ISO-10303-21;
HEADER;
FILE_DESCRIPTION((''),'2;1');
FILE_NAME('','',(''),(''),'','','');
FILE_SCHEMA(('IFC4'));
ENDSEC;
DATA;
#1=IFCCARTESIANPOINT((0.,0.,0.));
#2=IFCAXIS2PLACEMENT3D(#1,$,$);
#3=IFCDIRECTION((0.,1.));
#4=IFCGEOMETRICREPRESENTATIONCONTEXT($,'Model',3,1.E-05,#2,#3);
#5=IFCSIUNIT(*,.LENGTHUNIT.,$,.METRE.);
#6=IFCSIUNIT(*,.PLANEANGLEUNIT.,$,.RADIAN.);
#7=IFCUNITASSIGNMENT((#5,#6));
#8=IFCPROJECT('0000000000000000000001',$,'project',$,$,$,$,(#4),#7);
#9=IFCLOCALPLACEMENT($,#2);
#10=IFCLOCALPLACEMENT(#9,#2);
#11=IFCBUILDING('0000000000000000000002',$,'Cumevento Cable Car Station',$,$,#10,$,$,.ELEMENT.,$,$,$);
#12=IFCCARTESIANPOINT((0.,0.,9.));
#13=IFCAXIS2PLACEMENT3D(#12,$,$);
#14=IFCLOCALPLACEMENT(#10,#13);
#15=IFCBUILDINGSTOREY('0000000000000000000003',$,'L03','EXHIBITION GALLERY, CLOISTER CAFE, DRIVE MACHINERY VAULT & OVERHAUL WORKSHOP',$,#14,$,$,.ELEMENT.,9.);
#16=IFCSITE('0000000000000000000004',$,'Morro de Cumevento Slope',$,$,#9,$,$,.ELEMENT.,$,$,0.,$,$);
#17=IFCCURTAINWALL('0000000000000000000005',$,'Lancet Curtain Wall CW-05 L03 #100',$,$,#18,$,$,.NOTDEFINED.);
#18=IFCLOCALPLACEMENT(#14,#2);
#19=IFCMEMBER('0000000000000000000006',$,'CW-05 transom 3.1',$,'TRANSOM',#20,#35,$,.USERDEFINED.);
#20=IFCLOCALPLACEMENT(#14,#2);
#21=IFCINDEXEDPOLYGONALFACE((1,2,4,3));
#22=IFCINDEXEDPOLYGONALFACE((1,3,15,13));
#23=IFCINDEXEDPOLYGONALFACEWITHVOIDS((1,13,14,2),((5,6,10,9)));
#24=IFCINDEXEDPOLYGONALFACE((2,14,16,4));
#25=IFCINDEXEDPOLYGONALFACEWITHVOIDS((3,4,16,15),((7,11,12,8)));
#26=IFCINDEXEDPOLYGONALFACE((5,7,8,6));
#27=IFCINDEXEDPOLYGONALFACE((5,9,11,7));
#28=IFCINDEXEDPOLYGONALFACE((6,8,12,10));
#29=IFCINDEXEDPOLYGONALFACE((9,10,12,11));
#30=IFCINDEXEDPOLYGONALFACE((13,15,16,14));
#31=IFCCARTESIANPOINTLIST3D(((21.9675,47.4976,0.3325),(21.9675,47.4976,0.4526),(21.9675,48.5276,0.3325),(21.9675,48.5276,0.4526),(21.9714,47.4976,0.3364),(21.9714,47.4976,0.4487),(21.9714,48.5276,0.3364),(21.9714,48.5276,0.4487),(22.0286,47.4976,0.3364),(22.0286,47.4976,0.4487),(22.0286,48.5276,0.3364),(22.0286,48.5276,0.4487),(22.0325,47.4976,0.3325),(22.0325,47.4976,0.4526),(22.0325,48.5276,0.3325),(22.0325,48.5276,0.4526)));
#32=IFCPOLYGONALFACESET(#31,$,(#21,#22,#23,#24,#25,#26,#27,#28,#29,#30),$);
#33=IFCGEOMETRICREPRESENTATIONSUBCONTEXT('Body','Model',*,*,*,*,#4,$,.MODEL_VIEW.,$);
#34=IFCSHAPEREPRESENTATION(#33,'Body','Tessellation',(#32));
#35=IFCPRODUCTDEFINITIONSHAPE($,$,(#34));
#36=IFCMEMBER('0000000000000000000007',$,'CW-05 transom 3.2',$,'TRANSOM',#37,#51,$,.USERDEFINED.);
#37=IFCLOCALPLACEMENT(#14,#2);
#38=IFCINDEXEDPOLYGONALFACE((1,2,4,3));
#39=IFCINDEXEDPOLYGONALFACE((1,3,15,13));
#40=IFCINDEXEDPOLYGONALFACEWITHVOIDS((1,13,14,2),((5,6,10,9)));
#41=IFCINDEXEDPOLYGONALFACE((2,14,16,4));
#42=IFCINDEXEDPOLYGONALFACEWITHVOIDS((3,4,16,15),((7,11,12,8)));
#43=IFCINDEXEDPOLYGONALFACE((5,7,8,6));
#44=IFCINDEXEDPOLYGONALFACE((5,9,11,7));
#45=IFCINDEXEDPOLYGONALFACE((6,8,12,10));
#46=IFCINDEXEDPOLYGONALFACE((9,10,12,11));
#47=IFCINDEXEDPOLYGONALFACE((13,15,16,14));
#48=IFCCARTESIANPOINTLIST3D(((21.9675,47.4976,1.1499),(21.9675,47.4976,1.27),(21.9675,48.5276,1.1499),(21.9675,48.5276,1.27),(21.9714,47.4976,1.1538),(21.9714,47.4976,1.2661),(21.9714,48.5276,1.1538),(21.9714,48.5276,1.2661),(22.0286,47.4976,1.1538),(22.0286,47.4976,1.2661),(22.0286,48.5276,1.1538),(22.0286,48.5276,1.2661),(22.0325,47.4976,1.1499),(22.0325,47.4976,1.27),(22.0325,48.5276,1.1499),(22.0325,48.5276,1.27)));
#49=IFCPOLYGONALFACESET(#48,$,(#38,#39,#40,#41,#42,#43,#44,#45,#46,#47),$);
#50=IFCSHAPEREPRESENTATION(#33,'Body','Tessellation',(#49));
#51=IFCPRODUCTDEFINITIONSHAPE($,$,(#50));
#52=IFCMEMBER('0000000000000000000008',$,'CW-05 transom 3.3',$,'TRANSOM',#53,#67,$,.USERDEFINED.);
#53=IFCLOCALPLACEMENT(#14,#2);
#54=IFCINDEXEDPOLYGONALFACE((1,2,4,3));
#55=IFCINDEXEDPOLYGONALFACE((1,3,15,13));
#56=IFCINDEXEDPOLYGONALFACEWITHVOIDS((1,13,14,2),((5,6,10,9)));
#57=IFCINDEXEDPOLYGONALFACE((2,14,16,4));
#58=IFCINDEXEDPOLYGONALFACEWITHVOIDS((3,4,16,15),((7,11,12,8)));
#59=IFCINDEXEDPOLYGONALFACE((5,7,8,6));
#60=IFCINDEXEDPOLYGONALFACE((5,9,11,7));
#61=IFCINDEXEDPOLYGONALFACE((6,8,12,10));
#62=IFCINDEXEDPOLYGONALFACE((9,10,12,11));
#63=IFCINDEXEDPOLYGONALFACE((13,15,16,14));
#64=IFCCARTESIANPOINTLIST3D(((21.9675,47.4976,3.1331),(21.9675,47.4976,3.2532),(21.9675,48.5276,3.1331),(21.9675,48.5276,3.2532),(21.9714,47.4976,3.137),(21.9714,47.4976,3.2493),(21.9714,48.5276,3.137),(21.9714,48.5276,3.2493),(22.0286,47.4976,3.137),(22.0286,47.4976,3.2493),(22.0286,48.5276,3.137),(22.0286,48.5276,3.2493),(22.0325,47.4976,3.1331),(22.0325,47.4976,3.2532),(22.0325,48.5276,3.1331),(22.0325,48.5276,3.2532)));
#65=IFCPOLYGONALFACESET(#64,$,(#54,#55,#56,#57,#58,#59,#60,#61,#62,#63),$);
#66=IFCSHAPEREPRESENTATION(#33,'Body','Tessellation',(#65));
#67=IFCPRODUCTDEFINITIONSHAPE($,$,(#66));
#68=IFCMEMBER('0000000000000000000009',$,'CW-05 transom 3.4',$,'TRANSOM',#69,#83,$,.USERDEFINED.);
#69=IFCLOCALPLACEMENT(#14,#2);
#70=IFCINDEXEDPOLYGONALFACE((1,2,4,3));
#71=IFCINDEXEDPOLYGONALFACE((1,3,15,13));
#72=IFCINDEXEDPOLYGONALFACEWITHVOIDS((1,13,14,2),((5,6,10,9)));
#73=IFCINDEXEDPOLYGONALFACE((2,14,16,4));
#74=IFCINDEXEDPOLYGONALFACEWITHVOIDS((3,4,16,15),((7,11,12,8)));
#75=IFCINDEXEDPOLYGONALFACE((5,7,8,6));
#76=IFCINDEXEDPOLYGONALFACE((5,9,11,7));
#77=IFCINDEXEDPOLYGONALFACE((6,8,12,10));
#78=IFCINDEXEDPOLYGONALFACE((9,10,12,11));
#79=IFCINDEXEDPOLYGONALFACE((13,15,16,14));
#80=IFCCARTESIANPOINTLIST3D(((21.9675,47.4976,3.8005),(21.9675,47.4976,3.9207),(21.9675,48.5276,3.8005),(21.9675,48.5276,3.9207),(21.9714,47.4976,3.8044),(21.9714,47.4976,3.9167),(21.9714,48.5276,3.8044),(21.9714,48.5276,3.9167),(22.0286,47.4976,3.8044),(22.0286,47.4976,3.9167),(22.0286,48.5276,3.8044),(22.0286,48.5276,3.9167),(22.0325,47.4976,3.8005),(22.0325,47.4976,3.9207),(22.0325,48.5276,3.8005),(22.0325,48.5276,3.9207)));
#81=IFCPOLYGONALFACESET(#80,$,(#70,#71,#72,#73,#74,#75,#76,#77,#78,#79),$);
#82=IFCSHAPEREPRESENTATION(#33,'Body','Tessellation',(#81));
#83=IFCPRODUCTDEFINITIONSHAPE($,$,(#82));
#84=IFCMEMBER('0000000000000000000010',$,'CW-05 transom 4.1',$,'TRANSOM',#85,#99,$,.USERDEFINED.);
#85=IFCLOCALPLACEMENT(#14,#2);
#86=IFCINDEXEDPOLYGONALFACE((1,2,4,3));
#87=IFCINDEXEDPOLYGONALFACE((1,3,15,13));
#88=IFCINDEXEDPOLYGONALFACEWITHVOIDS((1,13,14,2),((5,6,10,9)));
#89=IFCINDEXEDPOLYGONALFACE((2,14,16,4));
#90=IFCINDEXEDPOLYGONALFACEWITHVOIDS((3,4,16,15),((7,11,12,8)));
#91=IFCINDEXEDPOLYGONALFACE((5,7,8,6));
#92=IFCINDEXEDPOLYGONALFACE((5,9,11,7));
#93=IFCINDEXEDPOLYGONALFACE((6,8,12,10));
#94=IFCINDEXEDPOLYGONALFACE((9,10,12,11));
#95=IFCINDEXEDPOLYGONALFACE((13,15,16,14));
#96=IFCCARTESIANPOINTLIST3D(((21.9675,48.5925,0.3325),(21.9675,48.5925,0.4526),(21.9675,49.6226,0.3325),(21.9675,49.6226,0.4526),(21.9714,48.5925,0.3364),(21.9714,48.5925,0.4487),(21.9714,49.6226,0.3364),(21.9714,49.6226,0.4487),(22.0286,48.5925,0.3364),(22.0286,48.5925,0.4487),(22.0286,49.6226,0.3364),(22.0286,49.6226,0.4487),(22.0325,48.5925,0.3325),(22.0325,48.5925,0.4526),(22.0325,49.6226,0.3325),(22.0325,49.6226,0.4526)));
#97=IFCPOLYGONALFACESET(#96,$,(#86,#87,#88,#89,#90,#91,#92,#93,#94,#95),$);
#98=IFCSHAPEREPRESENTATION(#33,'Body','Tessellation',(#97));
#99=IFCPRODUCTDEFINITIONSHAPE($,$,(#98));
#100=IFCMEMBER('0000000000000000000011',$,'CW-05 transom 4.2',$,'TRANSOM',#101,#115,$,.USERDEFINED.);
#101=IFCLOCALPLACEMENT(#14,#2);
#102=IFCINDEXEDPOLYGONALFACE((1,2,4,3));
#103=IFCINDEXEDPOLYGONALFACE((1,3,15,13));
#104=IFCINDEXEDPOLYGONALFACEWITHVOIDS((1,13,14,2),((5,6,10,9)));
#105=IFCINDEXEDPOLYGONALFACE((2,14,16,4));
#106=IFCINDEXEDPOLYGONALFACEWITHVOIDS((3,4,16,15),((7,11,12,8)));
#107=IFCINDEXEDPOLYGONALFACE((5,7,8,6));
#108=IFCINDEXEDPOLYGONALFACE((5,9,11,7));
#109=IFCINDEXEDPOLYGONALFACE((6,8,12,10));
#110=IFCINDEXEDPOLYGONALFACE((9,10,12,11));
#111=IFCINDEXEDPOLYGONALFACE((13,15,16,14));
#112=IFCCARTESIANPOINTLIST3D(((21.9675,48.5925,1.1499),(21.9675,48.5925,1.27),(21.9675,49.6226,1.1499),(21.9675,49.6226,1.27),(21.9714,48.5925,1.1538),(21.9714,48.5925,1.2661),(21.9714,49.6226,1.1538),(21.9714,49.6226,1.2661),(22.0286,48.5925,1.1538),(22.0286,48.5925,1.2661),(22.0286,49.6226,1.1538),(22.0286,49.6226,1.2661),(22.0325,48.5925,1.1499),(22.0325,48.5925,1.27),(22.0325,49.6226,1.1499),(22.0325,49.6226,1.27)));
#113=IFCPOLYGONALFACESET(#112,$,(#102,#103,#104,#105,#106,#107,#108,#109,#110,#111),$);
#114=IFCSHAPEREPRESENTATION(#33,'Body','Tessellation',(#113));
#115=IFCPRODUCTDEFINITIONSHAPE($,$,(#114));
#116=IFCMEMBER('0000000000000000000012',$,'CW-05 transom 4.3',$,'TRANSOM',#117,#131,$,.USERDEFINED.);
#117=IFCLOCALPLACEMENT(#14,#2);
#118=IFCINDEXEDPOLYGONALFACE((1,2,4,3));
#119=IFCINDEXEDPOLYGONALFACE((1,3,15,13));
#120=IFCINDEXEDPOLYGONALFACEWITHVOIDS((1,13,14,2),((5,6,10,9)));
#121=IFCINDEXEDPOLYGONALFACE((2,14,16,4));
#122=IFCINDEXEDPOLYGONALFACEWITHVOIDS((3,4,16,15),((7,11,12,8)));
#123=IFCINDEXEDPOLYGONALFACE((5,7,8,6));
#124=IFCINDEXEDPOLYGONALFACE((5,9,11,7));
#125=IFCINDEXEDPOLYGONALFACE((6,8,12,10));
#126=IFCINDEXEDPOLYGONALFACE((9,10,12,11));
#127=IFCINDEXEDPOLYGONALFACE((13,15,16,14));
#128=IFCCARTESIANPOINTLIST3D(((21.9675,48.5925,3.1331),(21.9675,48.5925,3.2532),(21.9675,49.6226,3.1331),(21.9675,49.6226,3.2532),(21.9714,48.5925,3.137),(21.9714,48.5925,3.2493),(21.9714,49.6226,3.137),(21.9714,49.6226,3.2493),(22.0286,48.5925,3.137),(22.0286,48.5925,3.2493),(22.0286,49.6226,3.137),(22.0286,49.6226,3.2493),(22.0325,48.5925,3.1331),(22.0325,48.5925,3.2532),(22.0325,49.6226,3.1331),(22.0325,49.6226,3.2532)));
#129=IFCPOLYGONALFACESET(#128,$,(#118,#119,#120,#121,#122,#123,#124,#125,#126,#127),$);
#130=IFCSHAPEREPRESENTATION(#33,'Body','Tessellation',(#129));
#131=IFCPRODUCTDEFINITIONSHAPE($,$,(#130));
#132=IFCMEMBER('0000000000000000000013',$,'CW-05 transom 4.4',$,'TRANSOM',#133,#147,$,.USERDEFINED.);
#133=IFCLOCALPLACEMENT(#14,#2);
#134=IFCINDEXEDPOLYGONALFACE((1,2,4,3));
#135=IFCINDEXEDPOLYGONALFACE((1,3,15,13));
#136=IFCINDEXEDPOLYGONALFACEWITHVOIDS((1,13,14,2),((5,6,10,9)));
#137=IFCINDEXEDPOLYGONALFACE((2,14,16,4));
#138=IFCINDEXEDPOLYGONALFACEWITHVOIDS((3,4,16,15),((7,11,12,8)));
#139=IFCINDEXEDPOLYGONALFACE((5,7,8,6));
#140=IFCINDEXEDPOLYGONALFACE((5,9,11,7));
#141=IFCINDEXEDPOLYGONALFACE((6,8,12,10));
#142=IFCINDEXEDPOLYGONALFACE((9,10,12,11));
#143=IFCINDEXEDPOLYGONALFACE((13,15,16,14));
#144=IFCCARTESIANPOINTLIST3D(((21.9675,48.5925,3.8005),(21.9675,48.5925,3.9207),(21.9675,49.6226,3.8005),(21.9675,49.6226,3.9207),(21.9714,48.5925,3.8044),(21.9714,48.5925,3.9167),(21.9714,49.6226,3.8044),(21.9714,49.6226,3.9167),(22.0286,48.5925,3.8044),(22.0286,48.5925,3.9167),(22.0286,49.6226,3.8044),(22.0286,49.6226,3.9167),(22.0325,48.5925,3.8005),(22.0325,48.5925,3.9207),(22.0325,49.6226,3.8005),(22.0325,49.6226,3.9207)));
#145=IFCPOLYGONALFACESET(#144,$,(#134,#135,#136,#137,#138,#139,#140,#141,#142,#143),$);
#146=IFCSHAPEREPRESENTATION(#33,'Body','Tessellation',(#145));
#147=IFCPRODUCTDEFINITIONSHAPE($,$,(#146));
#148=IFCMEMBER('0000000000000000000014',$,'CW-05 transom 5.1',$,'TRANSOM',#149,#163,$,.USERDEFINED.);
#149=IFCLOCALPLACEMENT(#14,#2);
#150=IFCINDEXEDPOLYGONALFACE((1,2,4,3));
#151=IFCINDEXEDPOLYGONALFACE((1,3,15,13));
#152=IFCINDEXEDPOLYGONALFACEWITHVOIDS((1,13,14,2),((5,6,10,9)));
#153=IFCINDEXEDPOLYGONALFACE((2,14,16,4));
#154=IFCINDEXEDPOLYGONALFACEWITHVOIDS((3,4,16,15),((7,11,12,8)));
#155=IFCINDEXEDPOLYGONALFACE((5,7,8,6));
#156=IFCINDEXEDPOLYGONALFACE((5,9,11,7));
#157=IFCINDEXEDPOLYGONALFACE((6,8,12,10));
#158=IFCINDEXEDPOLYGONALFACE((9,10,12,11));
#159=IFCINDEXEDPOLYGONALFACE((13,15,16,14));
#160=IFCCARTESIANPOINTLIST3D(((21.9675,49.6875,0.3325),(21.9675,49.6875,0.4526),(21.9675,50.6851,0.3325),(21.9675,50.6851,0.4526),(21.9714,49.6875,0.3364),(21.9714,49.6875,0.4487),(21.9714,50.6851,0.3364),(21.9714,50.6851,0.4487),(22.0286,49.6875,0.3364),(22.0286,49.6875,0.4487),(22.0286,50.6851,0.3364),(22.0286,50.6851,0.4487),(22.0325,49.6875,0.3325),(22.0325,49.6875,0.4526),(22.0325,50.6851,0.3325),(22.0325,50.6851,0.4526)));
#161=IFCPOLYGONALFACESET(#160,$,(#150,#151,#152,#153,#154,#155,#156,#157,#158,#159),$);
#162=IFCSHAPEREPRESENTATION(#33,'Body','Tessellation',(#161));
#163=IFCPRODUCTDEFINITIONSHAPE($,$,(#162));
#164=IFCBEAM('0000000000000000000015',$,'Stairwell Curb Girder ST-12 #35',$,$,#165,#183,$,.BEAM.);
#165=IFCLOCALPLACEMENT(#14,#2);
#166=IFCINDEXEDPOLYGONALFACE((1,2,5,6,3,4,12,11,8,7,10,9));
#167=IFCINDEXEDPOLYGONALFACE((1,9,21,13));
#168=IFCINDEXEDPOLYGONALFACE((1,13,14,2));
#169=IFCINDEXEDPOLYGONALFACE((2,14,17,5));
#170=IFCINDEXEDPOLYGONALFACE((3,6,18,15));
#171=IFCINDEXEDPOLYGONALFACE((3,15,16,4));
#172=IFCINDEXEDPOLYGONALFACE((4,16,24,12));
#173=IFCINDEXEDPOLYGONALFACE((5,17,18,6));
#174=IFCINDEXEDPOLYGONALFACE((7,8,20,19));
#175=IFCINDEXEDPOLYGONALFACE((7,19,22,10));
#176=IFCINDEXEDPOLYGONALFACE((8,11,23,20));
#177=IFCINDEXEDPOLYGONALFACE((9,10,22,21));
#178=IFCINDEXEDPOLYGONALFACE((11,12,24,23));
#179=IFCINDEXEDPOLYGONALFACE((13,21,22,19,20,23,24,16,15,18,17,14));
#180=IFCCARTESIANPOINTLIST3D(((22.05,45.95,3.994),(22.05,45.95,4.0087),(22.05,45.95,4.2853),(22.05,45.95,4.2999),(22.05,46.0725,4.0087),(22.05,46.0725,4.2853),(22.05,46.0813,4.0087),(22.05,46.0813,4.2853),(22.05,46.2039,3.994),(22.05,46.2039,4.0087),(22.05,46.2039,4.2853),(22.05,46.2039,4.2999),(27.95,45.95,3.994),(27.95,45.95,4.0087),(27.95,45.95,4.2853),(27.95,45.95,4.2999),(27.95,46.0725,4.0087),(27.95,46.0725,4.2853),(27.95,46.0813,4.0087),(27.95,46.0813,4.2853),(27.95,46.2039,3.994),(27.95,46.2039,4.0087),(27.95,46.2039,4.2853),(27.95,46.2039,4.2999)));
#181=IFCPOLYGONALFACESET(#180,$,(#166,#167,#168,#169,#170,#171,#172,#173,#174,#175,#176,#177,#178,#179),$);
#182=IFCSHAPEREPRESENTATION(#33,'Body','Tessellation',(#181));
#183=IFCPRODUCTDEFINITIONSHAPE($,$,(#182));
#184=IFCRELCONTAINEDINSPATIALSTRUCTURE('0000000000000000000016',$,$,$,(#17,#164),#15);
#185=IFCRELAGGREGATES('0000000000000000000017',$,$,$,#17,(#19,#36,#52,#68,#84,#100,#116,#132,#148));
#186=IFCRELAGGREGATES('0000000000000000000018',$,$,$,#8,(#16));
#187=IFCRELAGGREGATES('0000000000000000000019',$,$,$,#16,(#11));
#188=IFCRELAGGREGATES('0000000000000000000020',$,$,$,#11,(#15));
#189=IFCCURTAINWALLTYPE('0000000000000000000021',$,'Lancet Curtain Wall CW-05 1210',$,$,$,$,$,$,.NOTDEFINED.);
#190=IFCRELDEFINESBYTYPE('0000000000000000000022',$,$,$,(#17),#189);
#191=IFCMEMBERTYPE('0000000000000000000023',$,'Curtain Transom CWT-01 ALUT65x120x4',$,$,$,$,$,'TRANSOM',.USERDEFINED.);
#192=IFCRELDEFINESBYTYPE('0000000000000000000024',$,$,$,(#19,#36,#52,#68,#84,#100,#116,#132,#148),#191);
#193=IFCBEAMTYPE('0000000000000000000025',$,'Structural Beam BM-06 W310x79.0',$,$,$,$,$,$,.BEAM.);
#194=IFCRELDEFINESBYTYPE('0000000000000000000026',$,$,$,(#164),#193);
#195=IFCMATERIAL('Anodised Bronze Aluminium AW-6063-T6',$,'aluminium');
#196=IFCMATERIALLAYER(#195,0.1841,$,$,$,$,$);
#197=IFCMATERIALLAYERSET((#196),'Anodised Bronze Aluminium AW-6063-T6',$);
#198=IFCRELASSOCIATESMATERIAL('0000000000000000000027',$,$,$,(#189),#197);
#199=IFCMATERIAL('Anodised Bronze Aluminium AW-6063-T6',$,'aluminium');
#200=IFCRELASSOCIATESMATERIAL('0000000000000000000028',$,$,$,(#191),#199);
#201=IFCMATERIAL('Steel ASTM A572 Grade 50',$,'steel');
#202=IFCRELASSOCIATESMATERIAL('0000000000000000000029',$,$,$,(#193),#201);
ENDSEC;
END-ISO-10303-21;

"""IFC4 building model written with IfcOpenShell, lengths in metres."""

from ifc_helpers import new_model, si_unit, direction, frame, origin, origin_2d, place, context, subcontext, project, spatial, hollow_rectangle, i_section, extrude, material, layer, layer_set, material_profile, profile_set, type_object, element, aggregate, save


model = new_model("IFC4")

# Units and contexts
model_context = context("Model", 3, precision=1e-05, world=origin(), true_north=direction((0.0, 1.0)))
body_context = subcontext(model_context, "Body", "Model", "MODEL_VIEW")
ifc_project = project(units=[si_unit("LENGTHUNIT", "METRE"), si_unit("PLANEANGLEUNIT", "RADIAN")], contexts=[model_context])

# Site, building, storey
site_placement = place(None, origin())
site = spatial("IfcSite", under=ifc_project, at=site_placement, Name="Morro de Cumevento Slope", CompositionType="ELEMENT", RefElevation=0.0)
building_placement = place(site_placement, origin())
building = spatial("IfcBuilding", under=site, at=building_placement, Name="Cumevento Cable Car Station", CompositionType="ELEMENT")
storey_placement = place(building_placement, frame((0.0, 0.0, 9.0)))
storey = spatial("IfcBuildingStorey", under=building, at=storey_placement, Name="L03", Description="EXHIBITION GALLERY, CLOISTER CAFE, DRIVE MACHINERY VAULT & OVERHAUL WORKSHOP", CompositionType="ELEMENT", Elevation=9.0)

# Curtain wall, members
ifc_material_1 = material(Name="Anodised Bronze Aluminium AW-6063-T6", Category="aluminium")
ifc_layer_1 = layer(ifc_material_1, 0.1841)
ifc_layer_set_1 = layer_set([ifc_layer_1], Name="Anodised Bronze Aluminium AW-6063-T6")
curtain_wall_type = type_object("IfcCurtainWallType", Name="Lancet Curtain Wall CW-05 1210", PredefinedType="NOTDEFINED", material=ifc_layer_set_1)
curtain_wall_placement = place(storey_placement, origin())
curtain_wall = element("IfcCurtainWall", 1, at=curtain_wall_placement, inside=storey, type_object=curtain_wall_type, Name="Lancet Curtain Wall CW-05 L03 #100", PredefinedType="NOTDEFINED")
ifc_material_2 = material(Name="Anodised Bronze Aluminium AW-6063-T6", Category="aluminium")
ifc_material_profile_1 = material_profile(ifc_material_2, hollow_rectangle(XDim=0.0649, YDim=0.1201, WallThickness=0.0039, at=origin_2d()), Name="ALUT65x120x4")
ifc_profile_set_1 = profile_set([ifc_material_profile_1], Name="Anodised Bronze Aluminium AW-6063-T6")
member_type_1 = type_object("IfcMemberType", Name="Curtain Transom CWT-01 ALUT65x120x4", ElementType="TRANSOM", PredefinedType="USERDEFINED", material=ifc_profile_set_1)
member_1_placement = place(storey_placement, frame((22.0, 47.4976, 0.3926), z_axis=(0.0, 1.0, 0.0), x_axis=(-1.0, 0.0, 0.0)))
member_1 = element("IfcMember", 2, at=member_1_placement, type_object=member_type_1, Name="CW-05 transom 3.1", ObjectType="TRANSOM", PredefinedType="USERDEFINED", context=body_context, shape_type="SweptSolid", body=[
    extrude(hollow_rectangle(XDim=0.0649, YDim=0.1201, WallThickness=0.0039, at=origin_2d()), origin(), (0.0, 0.0, 1.0), 1.03),
])
member_2_placement = place(storey_placement, frame((22.0, 47.4976, 1.21), z_axis=(0.0, 1.0, 0.0), x_axis=(-1.0, 0.0, 0.0)))
member_2 = element("IfcMember", 3, at=member_2_placement, type_object=member_type_1, Name="CW-05 transom 3.2", ObjectType="TRANSOM", PredefinedType="USERDEFINED", context=body_context, shape_type="SweptSolid", body=[
    extrude(hollow_rectangle(XDim=0.0649, YDim=0.1201, WallThickness=0.0039, at=origin_2d()), origin(), (0.0, 0.0, 1.0), 1.03),
])
member_3_placement = place(storey_placement, frame((22.0, 47.4976, 3.1931), z_axis=(0.0, 1.0, 0.0), x_axis=(-1.0, 0.0, 0.0)))
member_3 = element("IfcMember", 4, at=member_3_placement, type_object=member_type_1, Name="CW-05 transom 3.3", ObjectType="TRANSOM", PredefinedType="USERDEFINED", context=body_context, shape_type="SweptSolid", body=[
    extrude(hollow_rectangle(XDim=0.0649, YDim=0.1201, WallThickness=0.0039, at=origin_2d()), origin(), (0.0, 0.0, 1.0), 1.03),
])
member_4_placement = place(storey_placement, frame((22.0, 47.4976, 3.8606), z_axis=(0.0, 1.0, 0.0), x_axis=(-1.0, 0.0, 0.0)))
member_4 = element("IfcMember", 5, at=member_4_placement, type_object=member_type_1, Name="CW-05 transom 3.4", ObjectType="TRANSOM", PredefinedType="USERDEFINED", context=body_context, shape_type="SweptSolid", body=[
    extrude(hollow_rectangle(XDim=0.0649, YDim=0.1201, WallThickness=0.0039, at=origin_2d()), origin(), (0.0, 0.0, 1.0), 1.03),
])
member_5_placement = place(storey_placement, frame((22.0, 48.5925, 0.3926), z_axis=(0.0, 1.0, 0.0), x_axis=(-1.0, 0.0, 0.0)))
member_5 = element("IfcMember", 6, at=member_5_placement, type_object=member_type_1, Name="CW-05 transom 4.1", ObjectType="TRANSOM", PredefinedType="USERDEFINED", context=body_context, shape_type="SweptSolid", body=[
    extrude(hollow_rectangle(XDim=0.0649, YDim=0.1201, WallThickness=0.0039, at=origin_2d()), origin(), (0.0, 0.0, 1.0), 1.03),
])
member_6_placement = place(storey_placement, frame((22.0, 48.5925, 1.21), z_axis=(0.0, 1.0, 0.0), x_axis=(-1.0, 0.0, 0.0)))
member_6 = element("IfcMember", 7, at=member_6_placement, type_object=member_type_1, Name="CW-05 transom 4.2", ObjectType="TRANSOM", PredefinedType="USERDEFINED", context=body_context, shape_type="SweptSolid", body=[
    extrude(hollow_rectangle(XDim=0.0649, YDim=0.1201, WallThickness=0.0039, at=origin_2d()), origin(), (0.0, 0.0, 1.0), 1.03),
])
member_7_placement = place(storey_placement, frame((22.0, 48.5925, 3.1931), z_axis=(0.0, 1.0, 0.0), x_axis=(-1.0, 0.0, 0.0)))
member_7 = element("IfcMember", 8, at=member_7_placement, type_object=member_type_1, Name="CW-05 transom 4.3", ObjectType="TRANSOM", PredefinedType="USERDEFINED", context=body_context, shape_type="SweptSolid", body=[
    extrude(hollow_rectangle(XDim=0.0649, YDim=0.1201, WallThickness=0.0039, at=origin_2d()), origin(), (0.0, 0.0, 1.0), 1.03),
])
member_8_placement = place(storey_placement, frame((22.0, 48.5925, 3.8606), z_axis=(0.0, 1.0, 0.0), x_axis=(-1.0, 0.0, 0.0)))
member_8 = element("IfcMember", 9, at=member_8_placement, type_object=member_type_1, Name="CW-05 transom 4.4", ObjectType="TRANSOM", PredefinedType="USERDEFINED", context=body_context, shape_type="SweptSolid", body=[
    extrude(hollow_rectangle(XDim=0.0649, YDim=0.1201, WallThickness=0.0039, at=origin_2d()), origin(), (0.0, 0.0, 1.0), 1.03),
])
member_9_placement = place(storey_placement, frame((22.0, 49.6875, 0.3926), z_axis=(0.0, 1.0, 0.0), x_axis=(-1.0, 0.0, 0.0)))
member_9 = element("IfcMember", 10, at=member_9_placement, type_object=member_type_1, Name="CW-05 transom 5.1", ObjectType="TRANSOM", PredefinedType="USERDEFINED", context=body_context, shape_type="SweptSolid", body=[
    extrude(hollow_rectangle(XDim=0.0649, YDim=0.1201, WallThickness=0.0039, at=origin_2d()), origin(), (0.0, 0.0, 1.0), 0.9976),
])

# Beam
ifc_material_3 = material(Name="Steel ASTM A572 Grade 50", Category="steel")
ifc_material_profile_2 = material_profile(ifc_material_3, i_section(OverallWidth=0.2539, OverallDepth=0.3059, WebThickness=0.0088, FlangeThickness=0.0146, at=origin_2d()), Name="W310x79.0")
ifc_profile_set_2 = profile_set([ifc_material_profile_2], Name="Steel ASTM A572 Grade 50")
beam_type = type_object("IfcBeamType", Name="Structural Beam BM-06 W310x79.0", PredefinedType="BEAM", material=ifc_profile_set_2)
beam_1_placement = place(storey_placement, frame((22.05, 46.0769, 4.147), z_axis=(1.0, 0.0, 0.0), x_axis=(0.0, 1.0, 0.0)))
element("IfcBeam", 11, at=beam_1_placement, inside=storey, type_object=beam_type, Name="Stairwell Curb Girder ST-12 #35", PredefinedType="BEAM", context=body_context, shape_type="SweptSolid", body=[
    extrude(i_section(OverallWidth=0.2539, OverallDepth=0.3059, WebThickness=0.0088, FlangeThickness=0.0146, at=origin_2d()), origin(), (0.0, 0.0, 1.0), 5.8999),
])

aggregate(curtain_wall, [member_1, member_2, member_3, member_4, member_5, member_6, member_7, member_8, member_9])

save(model, "model.ifc")
